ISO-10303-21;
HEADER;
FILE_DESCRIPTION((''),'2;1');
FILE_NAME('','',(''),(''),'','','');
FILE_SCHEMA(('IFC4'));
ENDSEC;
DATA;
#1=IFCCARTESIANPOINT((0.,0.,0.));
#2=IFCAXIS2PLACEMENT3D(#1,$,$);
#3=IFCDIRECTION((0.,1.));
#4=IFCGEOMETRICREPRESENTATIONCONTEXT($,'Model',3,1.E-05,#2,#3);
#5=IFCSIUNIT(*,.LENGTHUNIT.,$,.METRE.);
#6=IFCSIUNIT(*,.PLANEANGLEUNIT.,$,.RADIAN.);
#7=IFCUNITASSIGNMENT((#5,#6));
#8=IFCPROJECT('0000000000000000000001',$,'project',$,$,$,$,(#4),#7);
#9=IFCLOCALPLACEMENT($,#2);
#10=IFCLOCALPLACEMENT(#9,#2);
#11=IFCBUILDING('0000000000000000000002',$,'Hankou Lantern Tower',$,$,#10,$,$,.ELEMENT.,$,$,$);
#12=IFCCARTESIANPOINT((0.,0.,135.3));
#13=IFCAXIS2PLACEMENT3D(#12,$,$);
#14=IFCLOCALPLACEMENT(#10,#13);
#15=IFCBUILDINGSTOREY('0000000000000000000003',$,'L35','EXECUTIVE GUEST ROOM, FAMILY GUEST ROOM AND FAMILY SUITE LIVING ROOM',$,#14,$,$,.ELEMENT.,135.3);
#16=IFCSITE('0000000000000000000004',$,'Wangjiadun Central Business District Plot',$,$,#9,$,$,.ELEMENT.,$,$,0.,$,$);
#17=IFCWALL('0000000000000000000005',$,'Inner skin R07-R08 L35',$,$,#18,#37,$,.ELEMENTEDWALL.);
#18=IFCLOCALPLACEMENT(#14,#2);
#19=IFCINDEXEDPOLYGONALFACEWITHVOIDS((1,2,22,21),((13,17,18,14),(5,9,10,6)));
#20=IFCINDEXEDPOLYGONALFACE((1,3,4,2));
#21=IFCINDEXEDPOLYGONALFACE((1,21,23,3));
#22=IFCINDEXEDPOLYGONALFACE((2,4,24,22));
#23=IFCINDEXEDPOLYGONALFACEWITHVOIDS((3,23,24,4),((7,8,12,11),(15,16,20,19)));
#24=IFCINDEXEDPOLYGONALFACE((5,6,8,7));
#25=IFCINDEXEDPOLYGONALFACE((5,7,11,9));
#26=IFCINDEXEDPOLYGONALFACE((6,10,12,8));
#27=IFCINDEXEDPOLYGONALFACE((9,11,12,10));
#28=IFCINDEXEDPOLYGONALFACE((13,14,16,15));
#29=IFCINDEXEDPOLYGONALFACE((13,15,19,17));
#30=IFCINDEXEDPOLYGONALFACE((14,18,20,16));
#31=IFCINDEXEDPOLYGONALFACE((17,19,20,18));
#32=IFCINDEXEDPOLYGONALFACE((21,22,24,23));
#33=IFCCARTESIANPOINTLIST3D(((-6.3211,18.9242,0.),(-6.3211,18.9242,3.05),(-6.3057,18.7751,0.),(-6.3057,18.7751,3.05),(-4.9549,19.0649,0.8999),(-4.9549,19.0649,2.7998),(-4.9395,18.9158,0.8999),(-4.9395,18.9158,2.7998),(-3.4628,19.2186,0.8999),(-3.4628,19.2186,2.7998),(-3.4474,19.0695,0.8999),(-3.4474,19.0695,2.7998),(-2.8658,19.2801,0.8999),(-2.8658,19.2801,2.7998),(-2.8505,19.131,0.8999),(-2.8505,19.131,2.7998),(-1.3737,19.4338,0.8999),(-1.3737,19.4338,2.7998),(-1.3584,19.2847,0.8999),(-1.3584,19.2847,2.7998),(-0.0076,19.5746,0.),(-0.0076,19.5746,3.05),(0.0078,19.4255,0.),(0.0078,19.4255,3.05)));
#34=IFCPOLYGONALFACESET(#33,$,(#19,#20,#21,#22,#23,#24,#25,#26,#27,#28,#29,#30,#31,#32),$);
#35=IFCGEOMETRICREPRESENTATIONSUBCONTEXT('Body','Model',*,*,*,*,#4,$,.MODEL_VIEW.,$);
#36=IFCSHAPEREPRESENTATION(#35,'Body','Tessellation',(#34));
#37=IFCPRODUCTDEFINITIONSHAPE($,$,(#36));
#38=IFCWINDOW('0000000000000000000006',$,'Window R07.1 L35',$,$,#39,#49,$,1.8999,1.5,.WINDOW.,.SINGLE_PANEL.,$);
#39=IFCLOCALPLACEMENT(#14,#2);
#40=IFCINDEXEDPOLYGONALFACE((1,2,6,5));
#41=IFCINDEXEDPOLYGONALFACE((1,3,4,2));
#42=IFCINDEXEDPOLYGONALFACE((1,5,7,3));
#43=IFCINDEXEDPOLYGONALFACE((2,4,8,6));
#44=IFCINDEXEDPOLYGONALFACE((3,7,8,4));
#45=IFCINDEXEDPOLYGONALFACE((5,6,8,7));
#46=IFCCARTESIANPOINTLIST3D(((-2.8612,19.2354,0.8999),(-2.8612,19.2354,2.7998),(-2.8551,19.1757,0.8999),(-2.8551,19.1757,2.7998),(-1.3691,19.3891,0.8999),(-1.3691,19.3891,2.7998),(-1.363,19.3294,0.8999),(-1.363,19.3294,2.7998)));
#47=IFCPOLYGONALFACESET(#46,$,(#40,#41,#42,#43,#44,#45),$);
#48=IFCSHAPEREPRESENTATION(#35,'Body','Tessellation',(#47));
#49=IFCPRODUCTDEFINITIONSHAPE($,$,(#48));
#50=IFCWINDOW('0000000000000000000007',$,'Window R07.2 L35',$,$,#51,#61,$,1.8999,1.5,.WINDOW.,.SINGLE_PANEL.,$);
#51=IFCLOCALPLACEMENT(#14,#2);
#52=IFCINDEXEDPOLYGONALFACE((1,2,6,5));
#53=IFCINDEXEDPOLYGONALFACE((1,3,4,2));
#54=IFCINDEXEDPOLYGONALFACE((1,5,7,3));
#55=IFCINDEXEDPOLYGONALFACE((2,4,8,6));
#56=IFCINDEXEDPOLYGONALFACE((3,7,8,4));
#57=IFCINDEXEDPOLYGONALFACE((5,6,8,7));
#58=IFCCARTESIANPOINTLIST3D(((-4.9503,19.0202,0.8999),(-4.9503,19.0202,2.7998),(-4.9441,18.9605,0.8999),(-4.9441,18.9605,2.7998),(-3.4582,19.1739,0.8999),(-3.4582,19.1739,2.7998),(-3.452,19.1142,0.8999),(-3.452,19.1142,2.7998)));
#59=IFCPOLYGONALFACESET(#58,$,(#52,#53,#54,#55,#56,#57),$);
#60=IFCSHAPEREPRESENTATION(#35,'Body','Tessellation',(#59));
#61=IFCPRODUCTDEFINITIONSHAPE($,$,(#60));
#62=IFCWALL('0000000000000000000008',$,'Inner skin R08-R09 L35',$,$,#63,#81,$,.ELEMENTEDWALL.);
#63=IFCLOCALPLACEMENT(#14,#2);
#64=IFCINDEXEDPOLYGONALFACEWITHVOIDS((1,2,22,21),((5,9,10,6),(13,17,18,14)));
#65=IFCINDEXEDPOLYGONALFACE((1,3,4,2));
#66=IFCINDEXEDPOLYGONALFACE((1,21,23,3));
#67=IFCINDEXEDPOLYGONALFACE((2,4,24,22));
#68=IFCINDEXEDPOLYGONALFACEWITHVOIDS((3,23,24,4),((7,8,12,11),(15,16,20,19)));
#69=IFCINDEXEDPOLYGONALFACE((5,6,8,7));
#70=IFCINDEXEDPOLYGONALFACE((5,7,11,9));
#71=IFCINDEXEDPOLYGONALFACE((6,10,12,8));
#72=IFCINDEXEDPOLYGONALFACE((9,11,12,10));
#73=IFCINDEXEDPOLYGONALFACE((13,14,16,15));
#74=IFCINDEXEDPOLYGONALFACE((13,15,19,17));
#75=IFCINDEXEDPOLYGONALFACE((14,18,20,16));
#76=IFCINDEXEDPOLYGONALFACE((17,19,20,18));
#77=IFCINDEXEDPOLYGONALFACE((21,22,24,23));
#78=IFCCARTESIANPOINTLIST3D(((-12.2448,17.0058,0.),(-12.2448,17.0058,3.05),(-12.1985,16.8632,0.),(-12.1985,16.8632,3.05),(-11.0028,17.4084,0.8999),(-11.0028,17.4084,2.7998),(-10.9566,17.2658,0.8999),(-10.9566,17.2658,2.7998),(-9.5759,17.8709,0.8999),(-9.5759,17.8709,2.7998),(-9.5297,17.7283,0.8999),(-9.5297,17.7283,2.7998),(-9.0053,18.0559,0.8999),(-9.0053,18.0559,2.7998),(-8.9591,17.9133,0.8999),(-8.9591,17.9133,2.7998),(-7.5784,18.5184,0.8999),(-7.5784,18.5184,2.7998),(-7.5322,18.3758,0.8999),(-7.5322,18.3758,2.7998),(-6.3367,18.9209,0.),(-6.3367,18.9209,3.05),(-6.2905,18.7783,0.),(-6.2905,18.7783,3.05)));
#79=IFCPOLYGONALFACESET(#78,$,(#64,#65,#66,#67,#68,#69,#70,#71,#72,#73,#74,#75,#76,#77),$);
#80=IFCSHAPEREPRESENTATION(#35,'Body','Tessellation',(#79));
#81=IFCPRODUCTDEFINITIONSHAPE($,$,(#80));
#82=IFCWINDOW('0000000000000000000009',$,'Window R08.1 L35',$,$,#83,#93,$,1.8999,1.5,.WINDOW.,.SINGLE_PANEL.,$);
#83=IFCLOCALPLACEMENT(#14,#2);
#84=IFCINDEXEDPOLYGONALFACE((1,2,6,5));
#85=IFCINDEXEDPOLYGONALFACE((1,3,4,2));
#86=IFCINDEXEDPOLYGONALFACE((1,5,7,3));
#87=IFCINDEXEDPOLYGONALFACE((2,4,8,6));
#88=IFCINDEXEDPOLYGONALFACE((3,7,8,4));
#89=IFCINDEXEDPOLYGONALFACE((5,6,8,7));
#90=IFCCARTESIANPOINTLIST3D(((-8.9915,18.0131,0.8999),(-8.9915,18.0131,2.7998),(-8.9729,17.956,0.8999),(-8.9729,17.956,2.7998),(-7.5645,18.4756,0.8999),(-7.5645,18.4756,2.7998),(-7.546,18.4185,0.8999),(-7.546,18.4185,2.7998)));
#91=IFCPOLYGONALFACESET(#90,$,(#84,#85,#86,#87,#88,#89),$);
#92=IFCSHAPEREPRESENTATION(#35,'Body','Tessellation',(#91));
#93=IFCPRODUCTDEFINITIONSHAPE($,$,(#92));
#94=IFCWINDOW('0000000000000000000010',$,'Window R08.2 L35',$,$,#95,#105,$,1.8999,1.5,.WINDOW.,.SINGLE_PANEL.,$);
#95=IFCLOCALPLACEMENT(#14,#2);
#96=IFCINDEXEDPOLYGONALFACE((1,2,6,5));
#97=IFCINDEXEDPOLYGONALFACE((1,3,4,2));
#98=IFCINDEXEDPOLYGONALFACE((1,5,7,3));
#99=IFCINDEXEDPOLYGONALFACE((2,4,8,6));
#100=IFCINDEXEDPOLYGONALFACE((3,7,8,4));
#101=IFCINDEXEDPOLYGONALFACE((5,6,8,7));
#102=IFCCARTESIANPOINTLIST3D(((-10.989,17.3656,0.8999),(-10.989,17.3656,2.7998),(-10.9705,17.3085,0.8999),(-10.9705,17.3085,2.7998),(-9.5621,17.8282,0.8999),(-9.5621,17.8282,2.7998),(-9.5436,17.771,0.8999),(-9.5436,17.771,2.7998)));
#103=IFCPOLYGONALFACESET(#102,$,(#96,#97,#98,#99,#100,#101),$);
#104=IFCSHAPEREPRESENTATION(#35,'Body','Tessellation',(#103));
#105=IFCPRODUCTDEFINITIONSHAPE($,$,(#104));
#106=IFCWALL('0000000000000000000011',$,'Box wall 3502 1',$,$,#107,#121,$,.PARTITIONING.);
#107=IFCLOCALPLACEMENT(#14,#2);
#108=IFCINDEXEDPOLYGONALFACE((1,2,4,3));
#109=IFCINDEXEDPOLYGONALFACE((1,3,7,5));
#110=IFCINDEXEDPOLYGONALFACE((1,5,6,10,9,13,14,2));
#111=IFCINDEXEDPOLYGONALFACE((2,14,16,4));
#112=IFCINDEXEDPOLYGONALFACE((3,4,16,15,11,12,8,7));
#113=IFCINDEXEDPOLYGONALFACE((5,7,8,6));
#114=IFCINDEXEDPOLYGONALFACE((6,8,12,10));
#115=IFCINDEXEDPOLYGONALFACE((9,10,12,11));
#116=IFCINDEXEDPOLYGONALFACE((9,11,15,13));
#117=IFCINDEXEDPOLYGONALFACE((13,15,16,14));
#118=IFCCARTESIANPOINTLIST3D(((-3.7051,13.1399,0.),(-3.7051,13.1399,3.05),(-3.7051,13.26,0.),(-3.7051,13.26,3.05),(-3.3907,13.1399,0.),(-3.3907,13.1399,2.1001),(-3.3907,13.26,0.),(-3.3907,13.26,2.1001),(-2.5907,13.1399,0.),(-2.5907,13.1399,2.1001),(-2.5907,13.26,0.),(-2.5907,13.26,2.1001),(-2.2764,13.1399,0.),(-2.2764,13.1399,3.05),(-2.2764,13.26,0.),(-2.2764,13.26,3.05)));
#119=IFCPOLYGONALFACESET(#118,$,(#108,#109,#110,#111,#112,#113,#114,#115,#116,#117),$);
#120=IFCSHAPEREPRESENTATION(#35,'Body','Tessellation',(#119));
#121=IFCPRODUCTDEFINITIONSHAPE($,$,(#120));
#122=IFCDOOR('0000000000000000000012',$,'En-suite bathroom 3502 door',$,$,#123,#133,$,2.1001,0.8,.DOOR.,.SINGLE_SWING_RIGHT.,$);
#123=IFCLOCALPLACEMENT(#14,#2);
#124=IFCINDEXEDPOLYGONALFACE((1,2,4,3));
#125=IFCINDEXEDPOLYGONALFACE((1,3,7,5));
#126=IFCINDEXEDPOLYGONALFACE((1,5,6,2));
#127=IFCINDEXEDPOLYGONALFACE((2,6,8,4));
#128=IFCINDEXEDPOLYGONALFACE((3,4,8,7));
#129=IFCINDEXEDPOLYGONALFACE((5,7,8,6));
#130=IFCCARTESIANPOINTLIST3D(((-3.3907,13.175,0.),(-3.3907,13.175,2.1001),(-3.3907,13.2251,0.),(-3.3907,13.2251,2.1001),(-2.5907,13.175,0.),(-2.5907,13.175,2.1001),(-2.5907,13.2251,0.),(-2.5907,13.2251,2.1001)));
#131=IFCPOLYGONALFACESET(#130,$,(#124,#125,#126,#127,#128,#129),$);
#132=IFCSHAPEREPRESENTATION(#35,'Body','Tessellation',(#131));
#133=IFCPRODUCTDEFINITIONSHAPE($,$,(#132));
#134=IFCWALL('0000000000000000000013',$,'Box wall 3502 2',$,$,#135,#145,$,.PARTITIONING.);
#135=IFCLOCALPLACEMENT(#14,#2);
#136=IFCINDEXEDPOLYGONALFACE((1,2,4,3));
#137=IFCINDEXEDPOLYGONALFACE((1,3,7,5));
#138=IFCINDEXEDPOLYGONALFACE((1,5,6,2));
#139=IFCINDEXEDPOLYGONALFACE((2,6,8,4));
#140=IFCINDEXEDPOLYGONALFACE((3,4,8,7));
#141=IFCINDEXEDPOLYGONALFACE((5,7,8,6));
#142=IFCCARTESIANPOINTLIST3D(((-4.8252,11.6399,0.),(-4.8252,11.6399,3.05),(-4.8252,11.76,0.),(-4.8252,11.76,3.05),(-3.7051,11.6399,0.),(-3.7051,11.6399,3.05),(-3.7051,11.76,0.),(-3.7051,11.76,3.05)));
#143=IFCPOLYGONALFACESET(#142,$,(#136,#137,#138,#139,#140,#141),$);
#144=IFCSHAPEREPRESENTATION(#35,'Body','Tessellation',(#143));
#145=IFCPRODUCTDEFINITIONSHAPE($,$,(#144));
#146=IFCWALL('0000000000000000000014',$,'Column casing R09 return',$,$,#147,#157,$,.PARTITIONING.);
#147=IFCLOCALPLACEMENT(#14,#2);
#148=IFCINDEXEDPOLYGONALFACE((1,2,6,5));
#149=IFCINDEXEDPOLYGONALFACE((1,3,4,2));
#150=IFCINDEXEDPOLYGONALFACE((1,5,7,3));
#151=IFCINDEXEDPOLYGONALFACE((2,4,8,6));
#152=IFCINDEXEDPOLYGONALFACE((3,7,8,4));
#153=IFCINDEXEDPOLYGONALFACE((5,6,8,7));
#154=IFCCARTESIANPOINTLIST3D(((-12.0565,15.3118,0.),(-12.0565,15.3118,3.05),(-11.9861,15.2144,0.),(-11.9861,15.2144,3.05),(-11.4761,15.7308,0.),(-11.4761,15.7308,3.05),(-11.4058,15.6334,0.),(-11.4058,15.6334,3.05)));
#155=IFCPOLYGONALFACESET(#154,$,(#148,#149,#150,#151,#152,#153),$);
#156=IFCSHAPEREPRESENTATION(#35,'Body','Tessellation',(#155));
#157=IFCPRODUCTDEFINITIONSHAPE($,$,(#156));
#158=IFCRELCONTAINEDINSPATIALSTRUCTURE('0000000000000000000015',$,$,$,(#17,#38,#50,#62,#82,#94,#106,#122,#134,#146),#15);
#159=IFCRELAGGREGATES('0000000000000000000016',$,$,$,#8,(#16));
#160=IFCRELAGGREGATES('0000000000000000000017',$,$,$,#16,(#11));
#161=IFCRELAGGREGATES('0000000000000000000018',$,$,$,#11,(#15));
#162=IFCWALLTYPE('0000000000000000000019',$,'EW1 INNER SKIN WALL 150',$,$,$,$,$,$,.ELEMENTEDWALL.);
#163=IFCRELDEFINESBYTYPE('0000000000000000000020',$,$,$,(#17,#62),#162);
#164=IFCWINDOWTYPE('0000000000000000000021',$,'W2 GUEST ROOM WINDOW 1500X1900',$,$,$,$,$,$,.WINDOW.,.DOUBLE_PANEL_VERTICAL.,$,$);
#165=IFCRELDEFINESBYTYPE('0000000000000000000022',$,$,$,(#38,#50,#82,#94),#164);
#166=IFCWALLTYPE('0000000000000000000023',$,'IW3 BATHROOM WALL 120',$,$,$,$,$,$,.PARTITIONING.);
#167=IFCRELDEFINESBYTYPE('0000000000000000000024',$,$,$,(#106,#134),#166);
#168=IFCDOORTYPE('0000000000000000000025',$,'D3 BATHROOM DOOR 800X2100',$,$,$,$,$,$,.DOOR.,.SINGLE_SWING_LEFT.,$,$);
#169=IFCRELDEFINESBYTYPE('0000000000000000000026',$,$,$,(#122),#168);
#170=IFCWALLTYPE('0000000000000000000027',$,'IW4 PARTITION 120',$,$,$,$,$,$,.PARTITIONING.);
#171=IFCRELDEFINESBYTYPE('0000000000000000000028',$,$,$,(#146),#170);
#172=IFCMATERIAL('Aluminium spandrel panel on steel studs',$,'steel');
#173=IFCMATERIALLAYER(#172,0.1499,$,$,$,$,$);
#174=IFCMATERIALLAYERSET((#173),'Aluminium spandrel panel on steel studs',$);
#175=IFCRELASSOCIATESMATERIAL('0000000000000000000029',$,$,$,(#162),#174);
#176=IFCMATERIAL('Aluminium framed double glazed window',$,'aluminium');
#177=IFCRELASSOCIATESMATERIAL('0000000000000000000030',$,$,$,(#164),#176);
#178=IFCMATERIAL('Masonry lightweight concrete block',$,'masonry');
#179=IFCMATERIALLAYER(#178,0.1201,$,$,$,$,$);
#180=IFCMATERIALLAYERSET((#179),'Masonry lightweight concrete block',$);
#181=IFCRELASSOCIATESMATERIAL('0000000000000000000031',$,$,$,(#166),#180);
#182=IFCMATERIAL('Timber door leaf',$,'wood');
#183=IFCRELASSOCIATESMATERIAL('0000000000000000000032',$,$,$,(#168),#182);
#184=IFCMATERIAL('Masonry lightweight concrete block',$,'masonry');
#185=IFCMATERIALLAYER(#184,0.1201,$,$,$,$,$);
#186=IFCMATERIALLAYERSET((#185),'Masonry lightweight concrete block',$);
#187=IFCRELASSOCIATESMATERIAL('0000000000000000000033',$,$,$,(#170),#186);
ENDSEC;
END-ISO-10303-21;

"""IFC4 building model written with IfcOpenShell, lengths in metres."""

from ifc_helpers import new_model, si_unit, direction, frame, frame_2d, origin, place, context, subcontext, project, spatial, rectangle, extrude, material, layer, layer_set, type_object, element, fill, save


model = new_model("IFC4")

# Units and contexts
model_context = context("Model", 3, precision=1e-05, world=origin(), true_north=direction((0.0, 1.0)))
body_context = subcontext(model_context, "Body", "Model", "MODEL_VIEW")
ifc_project = project(units=[si_unit("LENGTHUNIT", "METRE"), si_unit("PLANEANGLEUNIT", "RADIAN")], contexts=[model_context])

# Site, building, storey
site_placement = place(None, origin())
site = spatial("IfcSite", under=ifc_project, at=site_placement, Name="Wangjiadun Central Business District Plot", CompositionType="ELEMENT", RefElevation=0.0)
building_placement = place(site_placement, origin())
building = spatial("IfcBuilding", under=site, at=building_placement, Name="Hankou Lantern Tower", CompositionType="ELEMENT")
storey_placement = place(building_placement, frame((0.0, 0.0, 135.3)))
storey = spatial("IfcBuildingStorey", under=building, at=storey_placement, Name="L35", Description="EXECUTIVE GUEST ROOM, FAMILY GUEST ROOM AND FAMILY SUITE LIVING ROOM", CompositionType="ELEMENT", Elevation=135.3)

# Walls, openings, windows
ifc_material_1 = material(Name="Aluminium spandrel panel on steel studs", Category="steel")
ifc_layer_1 = layer(ifc_material_1, 0.1499)
ifc_layer_set_1 = layer_set([ifc_layer_1], Name="Aluminium spandrel panel on steel studs")
wall_type_1 = type_object("IfcWallType", Name="EW1 INNER SKIN WALL 150", PredefinedType="ELEMENTEDWALL", material=ifc_layer_set_1)
wall_1_placement = place(storey_placement, frame((0.0, 19.5, 0.0), z_axis=(0.0, 0.0, 1.0), x_axis=(-0.994736, -0.102474, 0.0)))
wall_1 = element("IfcWall", 1, at=wall_1_placement, inside=storey, type_object=wall_type_1, Name="Inner skin R07-R08 L35", PredefinedType="ELEMENTEDWALL", context=body_context, shape_type="SweptSolid", body=[
    extrude(rectangle(XDim=6.3469, YDim=0.1499, at=frame_2d((3.1733, 0.0))), origin(), (0.0, 0.0, 1.0), 3.05),
])
opening_1_placement = place(wall_1_placement, frame((1.3733, 0.0, 0.8999)))
opening_1 = element("IfcOpeningElement", 2, at=opening_1_placement, cuts=wall_1, PredefinedType="OPENING", context=body_context, shape_type="SweptSolid", body=[
    extrude(rectangle(XDim=1.5, YDim=1.8999, at=frame_2d((0.75, 0.95))), frame((0.0, 0.085, 0.0), z_axis=(0.0, -1.0, 0.0), x_axis=(1.0, 0.0, 0.0)), (0.0, 0.0, 1.0), 0.1699),
])
opening_2_placement = place(wall_1_placement, frame((3.4734, 0.0, 0.8999)))
opening_2 = element("IfcOpeningElement", 3, at=opening_2_placement, cuts=wall_1, PredefinedType="OPENING", context=body_context, shape_type="SweptSolid", body=[
    extrude(rectangle(XDim=1.5, YDim=1.8999, at=frame_2d((0.75, 0.95))), frame((0.0, 0.085, 0.0), z_axis=(0.0, -1.0, 0.0), x_axis=(1.0, 0.0, 0.0)), (0.0, 0.0, 1.0), 0.1699),
])
ifc_material_2 = material(Name="Aluminium framed double glazed window", Category="aluminium")
window_type = type_object("IfcWindowType", Name="W2 GUEST ROOM WINDOW 1500X1900", PartitioningType="DOUBLE_PANEL_VERTICAL", PredefinedType="WINDOW", material=ifc_material_2)
window_1_placement = place(opening_1_placement, origin())
window_1 = element("IfcWindow", 4, at=window_1_placement, inside=storey, type_object=window_type, Name="Window R07.1 L35", OverallHeight=1.8999, OverallWidth=1.5, PartitioningType="SINGLE_PANEL", PredefinedType="WINDOW", context=body_context, shape_type="SweptSolid", body=[
    extrude(rectangle(XDim=1.5, YDim=1.8999, at=frame_2d((0.75, 0.95))), frame((0.0, 0.03, 0.0), z_axis=(0.0, -1.0, 0.0), x_axis=(1.0, 0.0, 0.0)), (0.0, 0.0, 1.0), 0.0601),
])
fill(opening_1, window_1)
window_2_placement = place(opening_2_placement, origin())
window_2 = element("IfcWindow", 5, at=window_2_placement, inside=storey, type_object=window_type, Name="Window R07.2 L35", OverallHeight=1.8999, OverallWidth=1.5, PartitioningType="SINGLE_PANEL", PredefinedType="WINDOW", context=body_context, shape_type="SweptSolid", body=[
    extrude(rectangle(XDim=1.5, YDim=1.8999, at=frame_2d((0.75, 0.95))), frame((0.0, 0.03, 0.0), z_axis=(0.0, -1.0, 0.0), x_axis=(1.0, 0.0, 0.0)), (0.0, 0.0, 1.0), 0.0601),
])
fill(opening_2, window_2)
wall_2_placement = place(storey_placement, frame((-6.3135, 18.8496, 0.0), z_axis=(0.0, 0.0, 1.0), x_axis=(-0.951273, -0.308351, 0.0)))
wall_2 = element("IfcWall", 6, at=wall_2_placement, inside=storey, type_object=wall_type_1, Name="Inner skin R08-R09 L35", PredefinedType="ELEMENTEDWALL", context=body_context, shape_type="SweptSolid", body=[
    extrude(rectangle(XDim=6.2107, YDim=0.1499, at=frame_2d((3.1055, 0.0))), origin(), (0.0, 0.0, 1.0), 3.05),
])
opening_3_placement = place(wall_2_placement, frame((1.3054, 0.0, 0.8999)))
opening_3 = element("IfcOpeningElement", 7, at=opening_3_placement, cuts=wall_2, PredefinedType="OPENING", context=body_context, shape_type="SweptSolid", body=[
    extrude(rectangle(XDim=1.5, YDim=1.8999, at=frame_2d((0.75, 0.95))), frame((0.0, 0.085, 0.0), z_axis=(0.0, -1.0, 0.0), x_axis=(1.0, 0.0, 0.0)), (0.0, 0.0, 1.0), 0.1699),
])
opening_4_placement = place(wall_2_placement, frame((3.4053, 0.0, 0.8999)))
opening_4 = element("IfcOpeningElement", 8, at=opening_4_placement, cuts=wall_2, PredefinedType="OPENING", context=body_context, shape_type="SweptSolid", body=[
    extrude(rectangle(XDim=1.5, YDim=1.8999, at=frame_2d((0.75, 0.95))), frame((0.0, 0.085, 0.0), z_axis=(0.0, -1.0, 0.0), x_axis=(1.0, 0.0, 0.0)), (0.0, 0.0, 1.0), 0.1699),
])
window_3_placement = place(opening_3_placement, origin())
window_3 = element("IfcWindow", 9, at=window_3_placement, inside=storey, type_object=window_type, Name="Window R08.1 L35", OverallHeight=1.8999, OverallWidth=1.5, PartitioningType="SINGLE_PANEL", PredefinedType="WINDOW", context=body_context, shape_type="SweptSolid", body=[
    extrude(rectangle(XDim=1.5, YDim=1.8999, at=frame_2d((0.75, 0.95))), frame((0.0, 0.03, 0.0), z_axis=(0.0, -1.0, 0.0), x_axis=(1.0, 0.0, 0.0)), (0.0, 0.0, 1.0), 0.0601),
])
fill(opening_3, window_3)
window_4_placement = place(opening_4_placement, origin())
window_4 = element("IfcWindow", 10, at=window_4_placement, inside=storey, type_object=window_type, Name="Window R08.2 L35", OverallHeight=1.8999, OverallWidth=1.5, PartitioningType="SINGLE_PANEL", PredefinedType="WINDOW", context=body_context, shape_type="SweptSolid", body=[
    extrude(rectangle(XDim=1.5, YDim=1.8999, at=frame_2d((0.75, 0.95))), frame((0.0, 0.03, 0.0), z_axis=(0.0, -1.0, 0.0), x_axis=(1.0, 0.0, 0.0)), (0.0, 0.0, 1.0), 0.0601),
])
fill(opening_4, window_4)

# Wall, opening, door
ifc_material_3 = material(Name="Masonry lightweight concrete block", Category="masonry")
ifc_layer_2 = layer(ifc_material_3, 0.1201)
ifc_layer_set_2 = layer_set([ifc_layer_2], Name="Masonry lightweight concrete block")
wall_type_2 = type_object("IfcWallType", Name="IW3 BATHROOM WALL 120", PredefinedType="PARTITIONING", material=ifc_layer_set_2)
wall_3_placement = place(storey_placement, frame((-2.2764, 13.2, 0.0), z_axis=(0.0, 0.0, 1.0), x_axis=(-1.0, 0.0, 0.0)))
wall_3 = element("IfcWall", 11, at=wall_3_placement, inside=storey, type_object=wall_type_2, Name="Box wall 3502 1", PredefinedType="PARTITIONING", context=body_context, shape_type="SweptSolid", body=[
    extrude(rectangle(XDim=1.4287, YDim=0.1201, at=frame_2d((0.7144, 0.0))), origin(), (0.0, 0.0, 1.0), 3.05),
])
opening_5_placement = place(wall_3_placement, frame((0.3145, 0.0, 0.0)))
opening_5 = element("IfcOpeningElement", 12, at=opening_5_placement, cuts=wall_3, PredefinedType="OPENING", context=body_context, shape_type="SweptSolid", body=[
    extrude(rectangle(XDim=0.8, YDim=2.1001, at=frame_2d((0.3999, 1.05))), frame((0.0, 0.0701, 0.0), z_axis=(0.0, -1.0, 0.0), x_axis=(1.0, 0.0, 0.0)), (0.0, 0.0, 1.0), 0.1401),
])
ifc_material_4 = material(Name="Timber door leaf", Category="wood")
door_type = type_object("IfcDoorType", Name="D3 BATHROOM DOOR 800X2100", OperationType="SINGLE_SWING_LEFT", PredefinedType="DOOR", material=ifc_material_4)
door_placement = place(opening_5_placement, origin())
door = element("IfcDoor", 13, at=door_placement, inside=storey, type_object=door_type, Name="En-suite bathroom 3502 door", OperationType="SINGLE_SWING_RIGHT", OverallHeight=2.1001, OverallWidth=0.8, PredefinedType="DOOR", context=body_context, shape_type="SweptSolid", body=[
    extrude(rectangle(XDim=0.8, YDim=2.1001, at=frame_2d((0.3999, 1.05))), frame((0.0, 0.0249, 0.0), z_axis=(0.0, -1.0, 0.0), x_axis=(1.0, 0.0, 0.0)), (0.0, 0.0, 1.0), 0.05),
])
fill(opening_5, door)

# Walls
wall_4_placement = place(storey_placement, frame((-3.7051, 11.7, 0.0), z_axis=(0.0, 0.0, 1.0), x_axis=(-1.0, 0.0, 0.0)))
element("IfcWall", 14, at=wall_4_placement, inside=storey, type_object=wall_type_2, Name="Box wall 3502 2", PredefinedType="PARTITIONING", context=body_context, shape_type="SweptSolid", body=[
    extrude(rectangle(XDim=1.1201, YDim=0.1201, at=frame_2d((0.5601, 0.0))), origin(), (0.0, 0.0, 1.0), 3.05),
])
ifc_material_5 = material(Name="Masonry lightweight concrete block", Category="masonry")
ifc_layer_3 = layer(ifc_material_5, 0.1201)
ifc_layer_set_3 = layer_set([ifc_layer_3], Name="Masonry lightweight concrete block")
wall_type_3 = type_object("IfcWallType", Name="IW4 PARTITION 120", PredefinedType="PARTITIONING", material=ifc_layer_set_3)
wall_5_placement = place(storey_placement, frame((-11.4409, 15.6821, 0.0), z_axis=(0.0, 0.0, 1.0), x_axis=(-0.810796, -0.585329, 0.0)))
element("IfcWall", 15, at=wall_5_placement, inside=storey, type_object=wall_type_3, Name="Column casing R09 return", PredefinedType="PARTITIONING", context=body_context, shape_type="SweptSolid", body=[
    extrude(rectangle(XDim=0.7158, YDim=0.1201, at=frame_2d((0.3579, 0.0))), origin(), (0.0, 0.0, 1.0), 3.05),
])

save(model, "model.ifc")
